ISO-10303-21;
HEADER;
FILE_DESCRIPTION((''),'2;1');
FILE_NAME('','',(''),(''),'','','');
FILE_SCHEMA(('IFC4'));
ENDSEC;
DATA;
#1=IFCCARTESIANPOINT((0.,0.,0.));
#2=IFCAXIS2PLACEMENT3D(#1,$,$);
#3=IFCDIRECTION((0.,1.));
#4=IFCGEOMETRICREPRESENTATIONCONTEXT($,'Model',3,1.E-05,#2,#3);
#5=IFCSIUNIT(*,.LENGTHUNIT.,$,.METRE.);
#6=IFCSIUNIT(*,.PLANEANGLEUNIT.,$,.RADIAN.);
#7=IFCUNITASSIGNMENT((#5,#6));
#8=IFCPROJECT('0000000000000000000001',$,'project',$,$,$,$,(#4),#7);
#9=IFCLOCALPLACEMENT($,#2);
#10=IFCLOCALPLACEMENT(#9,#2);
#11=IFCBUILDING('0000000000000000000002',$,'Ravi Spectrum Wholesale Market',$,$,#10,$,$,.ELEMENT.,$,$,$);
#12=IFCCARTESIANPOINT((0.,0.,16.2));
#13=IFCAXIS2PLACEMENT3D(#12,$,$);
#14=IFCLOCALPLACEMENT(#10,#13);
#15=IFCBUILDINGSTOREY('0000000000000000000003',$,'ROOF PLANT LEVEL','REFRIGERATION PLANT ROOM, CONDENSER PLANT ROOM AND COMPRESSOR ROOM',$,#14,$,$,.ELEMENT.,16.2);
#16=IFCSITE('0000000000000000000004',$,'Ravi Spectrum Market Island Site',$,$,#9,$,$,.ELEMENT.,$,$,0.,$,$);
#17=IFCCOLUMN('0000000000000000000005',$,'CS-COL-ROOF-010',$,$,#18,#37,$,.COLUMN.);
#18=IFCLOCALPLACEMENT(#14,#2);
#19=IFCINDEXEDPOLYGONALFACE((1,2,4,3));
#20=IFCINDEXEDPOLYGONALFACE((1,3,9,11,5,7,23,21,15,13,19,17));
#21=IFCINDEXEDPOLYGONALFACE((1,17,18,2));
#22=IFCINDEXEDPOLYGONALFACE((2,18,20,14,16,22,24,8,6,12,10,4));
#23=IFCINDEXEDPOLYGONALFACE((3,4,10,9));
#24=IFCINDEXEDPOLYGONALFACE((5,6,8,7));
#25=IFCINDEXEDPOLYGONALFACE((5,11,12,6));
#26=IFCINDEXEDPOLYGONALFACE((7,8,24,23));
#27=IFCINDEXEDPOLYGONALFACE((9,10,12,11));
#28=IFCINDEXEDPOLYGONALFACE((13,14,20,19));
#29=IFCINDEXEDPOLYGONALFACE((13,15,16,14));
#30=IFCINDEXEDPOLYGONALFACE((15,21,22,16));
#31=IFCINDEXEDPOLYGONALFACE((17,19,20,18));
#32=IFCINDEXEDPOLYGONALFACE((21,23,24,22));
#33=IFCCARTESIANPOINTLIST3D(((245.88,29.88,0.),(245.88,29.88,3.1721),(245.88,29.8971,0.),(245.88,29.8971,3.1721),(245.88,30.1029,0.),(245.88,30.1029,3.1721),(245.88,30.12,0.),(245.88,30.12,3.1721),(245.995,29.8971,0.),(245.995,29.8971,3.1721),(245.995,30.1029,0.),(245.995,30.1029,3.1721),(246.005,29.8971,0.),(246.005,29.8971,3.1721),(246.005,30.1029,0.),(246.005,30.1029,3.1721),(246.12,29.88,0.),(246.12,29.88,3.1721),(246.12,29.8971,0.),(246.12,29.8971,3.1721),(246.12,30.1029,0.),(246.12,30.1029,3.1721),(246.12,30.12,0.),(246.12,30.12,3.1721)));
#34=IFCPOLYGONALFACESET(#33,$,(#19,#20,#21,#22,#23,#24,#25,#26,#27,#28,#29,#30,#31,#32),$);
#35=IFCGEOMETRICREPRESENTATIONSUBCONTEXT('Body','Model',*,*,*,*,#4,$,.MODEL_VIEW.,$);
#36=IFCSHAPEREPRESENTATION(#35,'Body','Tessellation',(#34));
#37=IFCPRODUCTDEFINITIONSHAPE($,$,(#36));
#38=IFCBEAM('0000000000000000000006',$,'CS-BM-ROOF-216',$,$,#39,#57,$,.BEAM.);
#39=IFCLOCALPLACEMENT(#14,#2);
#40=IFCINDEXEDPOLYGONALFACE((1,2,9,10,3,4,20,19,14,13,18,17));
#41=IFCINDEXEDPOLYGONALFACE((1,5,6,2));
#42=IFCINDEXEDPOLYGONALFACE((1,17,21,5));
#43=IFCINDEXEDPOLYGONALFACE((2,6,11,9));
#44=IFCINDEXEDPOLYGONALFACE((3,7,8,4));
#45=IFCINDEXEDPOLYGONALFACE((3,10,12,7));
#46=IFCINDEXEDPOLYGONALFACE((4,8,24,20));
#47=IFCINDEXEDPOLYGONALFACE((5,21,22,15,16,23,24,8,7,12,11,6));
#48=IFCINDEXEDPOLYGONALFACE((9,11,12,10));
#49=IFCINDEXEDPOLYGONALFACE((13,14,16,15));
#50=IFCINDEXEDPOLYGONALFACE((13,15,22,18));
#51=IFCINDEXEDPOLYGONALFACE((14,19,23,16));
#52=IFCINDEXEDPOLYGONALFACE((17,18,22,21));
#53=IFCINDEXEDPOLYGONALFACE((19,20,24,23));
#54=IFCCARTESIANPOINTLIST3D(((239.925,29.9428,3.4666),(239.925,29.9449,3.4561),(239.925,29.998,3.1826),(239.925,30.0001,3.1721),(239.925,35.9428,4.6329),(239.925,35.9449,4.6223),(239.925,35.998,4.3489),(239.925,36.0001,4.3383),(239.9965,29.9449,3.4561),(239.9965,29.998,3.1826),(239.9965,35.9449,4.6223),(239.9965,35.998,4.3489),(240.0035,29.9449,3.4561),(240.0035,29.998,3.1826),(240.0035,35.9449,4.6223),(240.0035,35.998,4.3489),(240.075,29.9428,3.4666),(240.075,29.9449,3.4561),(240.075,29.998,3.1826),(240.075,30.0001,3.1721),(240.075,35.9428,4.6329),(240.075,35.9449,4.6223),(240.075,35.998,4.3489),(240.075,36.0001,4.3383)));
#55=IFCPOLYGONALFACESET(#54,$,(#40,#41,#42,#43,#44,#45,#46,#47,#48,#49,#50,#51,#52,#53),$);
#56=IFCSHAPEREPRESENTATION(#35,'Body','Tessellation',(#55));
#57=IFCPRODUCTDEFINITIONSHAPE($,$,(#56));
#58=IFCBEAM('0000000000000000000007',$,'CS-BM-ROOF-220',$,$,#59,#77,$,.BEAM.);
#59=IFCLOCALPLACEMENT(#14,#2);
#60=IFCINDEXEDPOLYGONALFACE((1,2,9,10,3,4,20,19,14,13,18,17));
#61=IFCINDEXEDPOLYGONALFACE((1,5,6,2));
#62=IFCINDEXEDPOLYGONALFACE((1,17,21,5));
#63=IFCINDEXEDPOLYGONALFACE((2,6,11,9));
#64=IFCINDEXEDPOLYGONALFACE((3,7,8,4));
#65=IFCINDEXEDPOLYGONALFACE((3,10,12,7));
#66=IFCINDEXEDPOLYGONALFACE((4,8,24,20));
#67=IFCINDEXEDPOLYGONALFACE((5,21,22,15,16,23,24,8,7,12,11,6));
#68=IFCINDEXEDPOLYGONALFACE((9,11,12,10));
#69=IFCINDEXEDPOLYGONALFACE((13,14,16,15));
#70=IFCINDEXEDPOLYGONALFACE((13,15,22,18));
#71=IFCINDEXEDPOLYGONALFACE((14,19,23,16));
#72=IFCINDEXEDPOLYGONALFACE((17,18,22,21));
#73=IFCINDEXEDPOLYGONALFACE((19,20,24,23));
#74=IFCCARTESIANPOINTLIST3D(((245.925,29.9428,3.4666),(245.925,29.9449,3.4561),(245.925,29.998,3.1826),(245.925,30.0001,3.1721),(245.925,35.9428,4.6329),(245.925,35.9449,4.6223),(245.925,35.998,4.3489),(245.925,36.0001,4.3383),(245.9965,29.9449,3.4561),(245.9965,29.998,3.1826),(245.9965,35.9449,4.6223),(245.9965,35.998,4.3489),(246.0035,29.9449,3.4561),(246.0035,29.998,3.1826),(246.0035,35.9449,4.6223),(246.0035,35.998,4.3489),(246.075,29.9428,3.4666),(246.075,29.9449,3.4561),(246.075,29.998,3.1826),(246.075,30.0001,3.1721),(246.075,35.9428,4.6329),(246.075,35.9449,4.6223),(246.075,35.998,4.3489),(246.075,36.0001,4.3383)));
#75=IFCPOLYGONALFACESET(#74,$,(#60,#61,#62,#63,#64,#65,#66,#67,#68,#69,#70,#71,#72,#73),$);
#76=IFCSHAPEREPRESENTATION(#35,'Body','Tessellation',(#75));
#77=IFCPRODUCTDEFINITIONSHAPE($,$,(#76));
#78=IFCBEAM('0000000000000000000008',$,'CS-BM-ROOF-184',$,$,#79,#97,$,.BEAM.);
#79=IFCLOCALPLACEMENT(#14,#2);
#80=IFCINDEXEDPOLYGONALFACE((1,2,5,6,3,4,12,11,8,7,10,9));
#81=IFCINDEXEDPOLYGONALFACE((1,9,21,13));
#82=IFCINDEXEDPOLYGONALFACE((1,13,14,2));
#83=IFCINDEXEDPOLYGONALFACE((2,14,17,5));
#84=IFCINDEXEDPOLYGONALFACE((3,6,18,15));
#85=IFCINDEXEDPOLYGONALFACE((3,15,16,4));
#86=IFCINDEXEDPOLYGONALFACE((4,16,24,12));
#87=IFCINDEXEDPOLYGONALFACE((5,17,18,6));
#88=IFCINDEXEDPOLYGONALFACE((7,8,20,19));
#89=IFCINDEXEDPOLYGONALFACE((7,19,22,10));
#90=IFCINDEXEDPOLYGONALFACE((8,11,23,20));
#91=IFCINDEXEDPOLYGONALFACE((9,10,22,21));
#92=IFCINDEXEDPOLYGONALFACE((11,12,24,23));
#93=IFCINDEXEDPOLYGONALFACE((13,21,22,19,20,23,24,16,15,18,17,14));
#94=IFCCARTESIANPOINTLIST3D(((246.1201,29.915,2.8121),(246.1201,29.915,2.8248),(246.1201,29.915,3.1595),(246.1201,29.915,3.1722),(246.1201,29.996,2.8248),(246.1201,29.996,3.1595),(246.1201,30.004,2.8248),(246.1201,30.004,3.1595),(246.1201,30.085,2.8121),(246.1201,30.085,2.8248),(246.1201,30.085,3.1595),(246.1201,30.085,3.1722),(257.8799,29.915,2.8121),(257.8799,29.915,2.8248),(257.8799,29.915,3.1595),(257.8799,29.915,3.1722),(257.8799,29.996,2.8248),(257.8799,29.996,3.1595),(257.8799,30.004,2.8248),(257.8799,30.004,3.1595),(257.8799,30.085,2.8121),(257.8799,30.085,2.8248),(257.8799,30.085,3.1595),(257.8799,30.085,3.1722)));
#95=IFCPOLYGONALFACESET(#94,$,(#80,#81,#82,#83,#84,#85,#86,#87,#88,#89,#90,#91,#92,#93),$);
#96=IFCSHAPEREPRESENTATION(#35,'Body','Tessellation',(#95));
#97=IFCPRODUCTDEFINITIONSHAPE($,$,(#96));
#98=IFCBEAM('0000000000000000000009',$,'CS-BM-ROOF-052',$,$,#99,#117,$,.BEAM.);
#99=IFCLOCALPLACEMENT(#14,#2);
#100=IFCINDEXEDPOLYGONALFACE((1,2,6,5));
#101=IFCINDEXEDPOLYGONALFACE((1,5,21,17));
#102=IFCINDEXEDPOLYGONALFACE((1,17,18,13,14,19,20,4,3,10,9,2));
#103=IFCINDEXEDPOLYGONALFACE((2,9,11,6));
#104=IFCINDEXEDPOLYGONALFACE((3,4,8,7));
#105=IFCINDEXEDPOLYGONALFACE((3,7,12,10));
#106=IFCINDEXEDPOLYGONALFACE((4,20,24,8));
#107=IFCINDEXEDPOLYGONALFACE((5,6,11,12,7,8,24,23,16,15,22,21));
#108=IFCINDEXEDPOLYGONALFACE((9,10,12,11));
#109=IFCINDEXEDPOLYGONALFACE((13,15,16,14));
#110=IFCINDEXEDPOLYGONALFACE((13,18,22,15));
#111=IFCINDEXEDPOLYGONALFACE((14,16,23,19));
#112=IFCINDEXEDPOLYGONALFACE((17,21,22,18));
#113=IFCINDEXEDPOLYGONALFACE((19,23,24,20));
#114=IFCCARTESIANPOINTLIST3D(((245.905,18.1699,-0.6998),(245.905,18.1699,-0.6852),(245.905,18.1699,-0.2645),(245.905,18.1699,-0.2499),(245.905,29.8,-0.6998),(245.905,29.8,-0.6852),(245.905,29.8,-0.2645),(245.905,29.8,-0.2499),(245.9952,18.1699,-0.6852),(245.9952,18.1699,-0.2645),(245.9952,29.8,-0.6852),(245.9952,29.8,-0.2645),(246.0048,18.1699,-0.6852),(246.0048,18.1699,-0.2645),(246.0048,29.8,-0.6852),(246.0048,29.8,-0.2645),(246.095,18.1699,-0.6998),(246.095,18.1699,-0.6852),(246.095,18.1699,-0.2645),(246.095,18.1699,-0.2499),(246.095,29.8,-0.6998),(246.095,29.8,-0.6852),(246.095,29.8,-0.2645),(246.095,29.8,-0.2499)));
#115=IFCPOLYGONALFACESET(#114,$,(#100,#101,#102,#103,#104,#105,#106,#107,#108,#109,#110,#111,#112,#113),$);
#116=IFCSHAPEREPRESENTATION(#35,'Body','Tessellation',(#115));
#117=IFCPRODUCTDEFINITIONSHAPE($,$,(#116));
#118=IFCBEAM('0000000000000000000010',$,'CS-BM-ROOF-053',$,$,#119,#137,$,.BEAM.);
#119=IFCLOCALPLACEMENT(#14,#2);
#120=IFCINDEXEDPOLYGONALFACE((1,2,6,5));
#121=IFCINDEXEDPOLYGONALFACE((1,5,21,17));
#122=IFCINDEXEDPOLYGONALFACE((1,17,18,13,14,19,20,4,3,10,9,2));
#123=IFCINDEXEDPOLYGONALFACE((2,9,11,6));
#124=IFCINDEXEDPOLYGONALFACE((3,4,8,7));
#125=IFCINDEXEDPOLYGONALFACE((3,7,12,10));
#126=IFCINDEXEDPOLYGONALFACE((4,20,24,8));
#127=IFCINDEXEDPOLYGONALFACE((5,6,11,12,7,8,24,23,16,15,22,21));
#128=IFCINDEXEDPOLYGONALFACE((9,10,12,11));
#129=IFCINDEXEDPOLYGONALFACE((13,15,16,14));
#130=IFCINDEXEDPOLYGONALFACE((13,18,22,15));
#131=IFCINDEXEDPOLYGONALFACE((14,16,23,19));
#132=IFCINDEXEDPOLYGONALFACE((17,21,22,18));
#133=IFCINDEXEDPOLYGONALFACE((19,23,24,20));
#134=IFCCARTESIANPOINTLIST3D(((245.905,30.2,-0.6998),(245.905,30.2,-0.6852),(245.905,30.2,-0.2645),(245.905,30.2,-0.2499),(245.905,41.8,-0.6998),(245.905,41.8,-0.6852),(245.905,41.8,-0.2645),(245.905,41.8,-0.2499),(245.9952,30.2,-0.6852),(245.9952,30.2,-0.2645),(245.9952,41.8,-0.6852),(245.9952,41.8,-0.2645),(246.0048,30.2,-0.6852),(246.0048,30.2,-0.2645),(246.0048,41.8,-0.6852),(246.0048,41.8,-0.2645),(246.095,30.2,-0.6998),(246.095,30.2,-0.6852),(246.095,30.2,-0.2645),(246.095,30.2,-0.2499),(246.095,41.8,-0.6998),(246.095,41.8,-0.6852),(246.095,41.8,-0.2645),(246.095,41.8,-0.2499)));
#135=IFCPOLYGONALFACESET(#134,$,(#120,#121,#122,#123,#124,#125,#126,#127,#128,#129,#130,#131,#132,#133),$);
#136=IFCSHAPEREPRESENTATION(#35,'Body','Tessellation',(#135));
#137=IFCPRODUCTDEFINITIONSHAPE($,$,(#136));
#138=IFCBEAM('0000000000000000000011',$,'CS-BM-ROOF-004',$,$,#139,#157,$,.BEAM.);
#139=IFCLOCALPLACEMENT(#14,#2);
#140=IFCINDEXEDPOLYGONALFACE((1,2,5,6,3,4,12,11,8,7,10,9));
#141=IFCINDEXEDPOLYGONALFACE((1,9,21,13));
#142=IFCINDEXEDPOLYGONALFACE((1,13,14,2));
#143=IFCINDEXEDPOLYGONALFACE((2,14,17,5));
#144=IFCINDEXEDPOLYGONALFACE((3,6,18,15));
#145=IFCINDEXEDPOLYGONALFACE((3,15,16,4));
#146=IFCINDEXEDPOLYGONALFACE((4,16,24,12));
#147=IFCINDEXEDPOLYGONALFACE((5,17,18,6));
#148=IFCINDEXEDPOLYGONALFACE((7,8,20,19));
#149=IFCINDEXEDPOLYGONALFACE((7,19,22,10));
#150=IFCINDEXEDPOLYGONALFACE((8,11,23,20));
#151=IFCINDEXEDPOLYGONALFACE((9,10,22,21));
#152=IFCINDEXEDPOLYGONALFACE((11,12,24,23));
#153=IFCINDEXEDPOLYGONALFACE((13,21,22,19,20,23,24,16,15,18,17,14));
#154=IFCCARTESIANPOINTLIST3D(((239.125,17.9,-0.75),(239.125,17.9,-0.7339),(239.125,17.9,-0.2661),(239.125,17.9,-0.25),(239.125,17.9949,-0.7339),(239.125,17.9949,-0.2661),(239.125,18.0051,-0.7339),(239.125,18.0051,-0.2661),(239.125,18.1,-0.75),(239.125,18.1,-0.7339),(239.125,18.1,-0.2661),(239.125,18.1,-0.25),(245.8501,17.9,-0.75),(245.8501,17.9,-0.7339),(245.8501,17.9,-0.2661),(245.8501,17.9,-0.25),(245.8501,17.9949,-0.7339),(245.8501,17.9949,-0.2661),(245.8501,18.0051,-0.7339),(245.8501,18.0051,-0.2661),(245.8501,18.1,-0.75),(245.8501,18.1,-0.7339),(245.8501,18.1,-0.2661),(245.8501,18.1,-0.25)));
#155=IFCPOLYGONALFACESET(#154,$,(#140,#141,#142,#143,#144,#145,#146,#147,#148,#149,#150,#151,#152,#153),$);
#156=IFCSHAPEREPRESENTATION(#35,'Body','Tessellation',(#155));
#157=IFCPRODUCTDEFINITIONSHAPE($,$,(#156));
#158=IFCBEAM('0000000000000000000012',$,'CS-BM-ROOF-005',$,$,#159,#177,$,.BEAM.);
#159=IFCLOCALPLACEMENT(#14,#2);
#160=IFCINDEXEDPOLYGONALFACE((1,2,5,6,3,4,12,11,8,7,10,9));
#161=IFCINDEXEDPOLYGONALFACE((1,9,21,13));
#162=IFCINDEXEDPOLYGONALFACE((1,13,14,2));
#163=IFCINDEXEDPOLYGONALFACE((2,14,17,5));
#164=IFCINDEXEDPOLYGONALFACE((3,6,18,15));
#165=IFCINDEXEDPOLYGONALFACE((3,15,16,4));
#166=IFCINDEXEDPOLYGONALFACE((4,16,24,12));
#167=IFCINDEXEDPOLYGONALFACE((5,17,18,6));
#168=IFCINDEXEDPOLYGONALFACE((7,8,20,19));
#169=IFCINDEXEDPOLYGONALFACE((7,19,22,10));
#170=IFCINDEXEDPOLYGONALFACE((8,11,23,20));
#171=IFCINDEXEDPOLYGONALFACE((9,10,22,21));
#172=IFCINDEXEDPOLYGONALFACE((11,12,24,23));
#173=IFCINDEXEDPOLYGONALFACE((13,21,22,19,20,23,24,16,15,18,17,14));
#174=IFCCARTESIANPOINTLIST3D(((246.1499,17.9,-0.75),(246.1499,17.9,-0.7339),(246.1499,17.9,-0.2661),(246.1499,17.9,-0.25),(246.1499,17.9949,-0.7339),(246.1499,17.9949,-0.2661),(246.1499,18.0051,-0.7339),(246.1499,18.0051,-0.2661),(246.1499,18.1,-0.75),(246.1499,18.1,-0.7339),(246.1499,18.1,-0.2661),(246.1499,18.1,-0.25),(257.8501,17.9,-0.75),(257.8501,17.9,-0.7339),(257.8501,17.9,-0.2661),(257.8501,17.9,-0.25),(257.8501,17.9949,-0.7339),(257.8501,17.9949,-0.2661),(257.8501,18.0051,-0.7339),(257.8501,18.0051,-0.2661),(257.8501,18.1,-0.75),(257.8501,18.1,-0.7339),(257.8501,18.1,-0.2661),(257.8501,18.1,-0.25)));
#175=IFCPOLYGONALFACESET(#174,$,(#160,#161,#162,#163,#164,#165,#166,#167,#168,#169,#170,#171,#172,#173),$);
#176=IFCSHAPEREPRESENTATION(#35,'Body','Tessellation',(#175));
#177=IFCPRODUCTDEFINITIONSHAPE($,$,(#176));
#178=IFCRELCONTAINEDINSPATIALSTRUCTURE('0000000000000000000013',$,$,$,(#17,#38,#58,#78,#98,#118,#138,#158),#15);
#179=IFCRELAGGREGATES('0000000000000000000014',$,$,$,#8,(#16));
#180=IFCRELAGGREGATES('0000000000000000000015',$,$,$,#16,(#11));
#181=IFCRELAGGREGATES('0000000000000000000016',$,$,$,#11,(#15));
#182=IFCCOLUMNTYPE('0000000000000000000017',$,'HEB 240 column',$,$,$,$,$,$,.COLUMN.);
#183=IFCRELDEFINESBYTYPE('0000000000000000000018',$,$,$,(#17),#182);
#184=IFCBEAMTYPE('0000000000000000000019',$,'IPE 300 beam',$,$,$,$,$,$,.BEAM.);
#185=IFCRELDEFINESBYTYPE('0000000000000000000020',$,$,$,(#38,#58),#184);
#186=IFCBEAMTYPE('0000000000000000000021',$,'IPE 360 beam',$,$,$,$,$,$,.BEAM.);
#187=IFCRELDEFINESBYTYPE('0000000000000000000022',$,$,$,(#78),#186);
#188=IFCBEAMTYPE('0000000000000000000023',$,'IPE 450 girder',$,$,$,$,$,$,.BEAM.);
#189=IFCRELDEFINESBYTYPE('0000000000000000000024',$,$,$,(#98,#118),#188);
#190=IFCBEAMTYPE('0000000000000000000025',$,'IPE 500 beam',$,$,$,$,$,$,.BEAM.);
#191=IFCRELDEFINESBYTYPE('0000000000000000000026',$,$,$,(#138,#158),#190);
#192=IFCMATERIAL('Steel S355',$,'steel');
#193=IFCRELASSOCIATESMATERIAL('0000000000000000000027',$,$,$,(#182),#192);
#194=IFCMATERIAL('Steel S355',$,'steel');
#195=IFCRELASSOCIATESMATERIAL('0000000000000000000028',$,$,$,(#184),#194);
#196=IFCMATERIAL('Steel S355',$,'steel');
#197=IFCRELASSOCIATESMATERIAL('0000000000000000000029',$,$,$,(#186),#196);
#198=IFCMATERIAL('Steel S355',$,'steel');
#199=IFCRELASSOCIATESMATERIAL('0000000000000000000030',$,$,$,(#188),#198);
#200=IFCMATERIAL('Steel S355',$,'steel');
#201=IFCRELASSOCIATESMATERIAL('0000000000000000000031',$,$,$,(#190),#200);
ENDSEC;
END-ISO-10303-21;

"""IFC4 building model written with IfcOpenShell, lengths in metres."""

from ifc_helpers import new_model, si_unit, direction, frame, origin, origin_2d, place, context, subcontext, project, spatial, i_section, extrude, material, material_profile, profile_set, type_object, element, save


model = new_model("IFC4")

# Units and contexts
model_context = context("Model", 3, precision=1e-05, world=origin(), true_north=direction((0.0, 1.0)))
body_context = subcontext(model_context, "Body", "Model", "MODEL_VIEW")
ifc_project = project(units=[si_unit("LENGTHUNIT", "METRE"), si_unit("PLANEANGLEUNIT", "RADIAN")], contexts=[model_context])

# Site, building, storey
site_placement = place(None, origin())
site = spatial("IfcSite", under=ifc_project, at=site_placement, Name="Ravi Spectrum Market Island Site", CompositionType="ELEMENT", RefElevation=0.0)
building_placement = place(site_placement, origin())
building = spatial("IfcBuilding", under=site, at=building_placement, Name="Ravi Spectrum Wholesale Market", CompositionType="ELEMENT")
storey_placement = place(building_placement, frame((0.0, 0.0, 16.2)))
storey = spatial("IfcBuildingStorey", under=building, at=storey_placement, Name="ROOF PLANT LEVEL", Description="REFRIGERATION PLANT ROOM, CONDENSER PLANT ROOM AND COMPRESSOR ROOM", CompositionType="ELEMENT", Elevation=16.2)

# Column
ifc_material_1 = material(Name="Steel S355", Category="steel")
ifc_material_profile_1 = material_profile(ifc_material_1, i_section(OverallWidth=0.24, OverallDepth=0.24, WebThickness=0.01, FlangeThickness=0.0171, at=origin_2d()))
ifc_profile_set_1 = profile_set([ifc_material_profile_1], Name="Steel S355")
column_type = type_object("IfcColumnType", Name="HEB 240 column", PredefinedType="COLUMN", material=ifc_profile_set_1)
column_placement = place(storey_placement, frame((246.0, 30.0, 0.0), z_axis=(0.0, 0.0, 1.0), x_axis=(1.0, 0.0, 0.0)))
element("IfcColumn", 1, at=column_placement, inside=storey, type_object=column_type, Name="CS-COL-ROOF-010", PredefinedType="COLUMN", context=body_context, shape_type="SweptSolid", body=[
    extrude(i_section(OverallWidth=0.24, OverallDepth=0.24, WebThickness=0.01, FlangeThickness=0.0171, at=origin_2d()), origin(), (0.0, 0.0, 1.0), 3.1721),
])

# Beams
ifc_material_2 = material(Name="Steel S355", Category="steel")
ifc_material_profile_2 = material_profile(ifc_material_2, i_section(OverallWidth=0.1499, OverallDepth=0.3, WebThickness=0.0071, FlangeThickness=0.0107, at=origin_2d()))
ifc_profile_set_2 = profile_set([ifc_material_profile_2], Name="Steel S355")
beam_type_1 = type_object("IfcBeamType", Name="IPE 300 beam", PredefinedType="BEAM", material=ifc_profile_set_2)
for number, where, z_axis, x_axis, name in (
    (2, (240.0, 29.9714, 3.3193), (0.0, 0.981628, 0.190806), (-1.0, 0.0, 0.0), "CS-BM-ROOF-216"),
    (3, (246.0, 29.9714, 3.3193), (0.0, 0.981628, 0.190806), (-1.0, 0.0, 0.0), "CS-BM-ROOF-220"),
):
    element("IfcBeam", number, at=place(storey_placement, frame(where, z_axis=z_axis, x_axis=x_axis)), inside=storey, type_object=beam_type_1, Name=name, PredefinedType="BEAM", context=body_context, shape_type="SweptSolid", body=[
        extrude(i_section(OverallWidth=0.1499, OverallDepth=0.3, WebThickness=0.0071, FlangeThickness=0.0107, at=origin_2d()), origin(), (0.0, 0.0, 1.0), 6.1123),
    ])
ifc_material_3 = material(Name="Steel S355", Category="steel")
ifc_material_profile_3 = material_profile(ifc_material_3, i_section(OverallWidth=0.1699, OverallDepth=0.3601, WebThickness=0.0081, FlangeThickness=0.0127, at=origin_2d()))
ifc_profile_set_3 = profile_set([ifc_material_profile_3], Name="Steel S355")
beam_type_2 = type_object("IfcBeamType", Name="IPE 360 beam", PredefinedType="BEAM", material=ifc_profile_set_3)
beam_1_placement = place(storey_placement, frame((246.1201, 30.0, 2.9922), z_axis=(1.0, 0.0, 0.0), x_axis=(0.0, 1.0, 0.0)))
element("IfcBeam", 4, at=beam_1_placement, inside=storey, type_object=beam_type_2, Name="CS-BM-ROOF-184", PredefinedType="BEAM", context=body_context, shape_type="SweptSolid", body=[
    extrude(i_section(OverallWidth=0.1699, OverallDepth=0.3601, WebThickness=0.0081, FlangeThickness=0.0127, at=origin_2d()), origin(), (0.0, 0.0, 1.0), 11.7598),
])
ifc_material_4 = material(Name="Steel S355", Category="steel")
ifc_material_profile_4 = material_profile(ifc_material_4, i_section(OverallWidth=0.1899, OverallDepth=0.45, WebThickness=0.0095, FlangeThickness=0.0146, at=origin_2d()))
ifc_profile_set_4 = profile_set([ifc_material_profile_4], Name="Steel S355")
beam_type_3 = type_object("IfcBeamType", Name="IPE 450 girder", PredefinedType="BEAM", material=ifc_profile_set_4)
beam_2_placement = place(storey_placement, frame((246.0, 18.1699, -0.4749), z_axis=(0.0, 1.0, 0.0), x_axis=(-1.0, 0.0, 0.0)))
element("IfcBeam", 5, at=beam_2_placement, inside=storey, type_object=beam_type_3, Name="CS-BM-ROOF-052", PredefinedType="BEAM", context=body_context, shape_type="SweptSolid", body=[
    extrude(i_section(OverallWidth=0.1899, OverallDepth=0.45, WebThickness=0.0095, FlangeThickness=0.0146, at=origin_2d()), origin(), (0.0, 0.0, 1.0), 11.6301),
])
beam_3_placement = place(storey_placement, frame((246.0, 30.2, -0.4749), z_axis=(0.0, 1.0, 0.0), x_axis=(-1.0, 0.0, 0.0)))
element("IfcBeam", 6, at=beam_3_placement, inside=storey, type_object=beam_type_3, Name="CS-BM-ROOF-053", PredefinedType="BEAM", context=body_context, shape_type="SweptSolid", body=[
    extrude(i_section(OverallWidth=0.1899, OverallDepth=0.45, WebThickness=0.0095, FlangeThickness=0.0146, at=origin_2d()), origin(), (0.0, 0.0, 1.0), 11.6001),
])
ifc_material_5 = material(Name="Steel S355", Category="steel")
ifc_material_profile_5 = material_profile(ifc_material_5, i_section(OverallWidth=0.2, OverallDepth=0.5, WebThickness=0.0103, FlangeThickness=0.0161, at=origin_2d()))
ifc_profile_set_5 = profile_set([ifc_material_profile_5], Name="Steel S355")
beam_type_4 = type_object("IfcBeamType", Name="IPE 500 beam", PredefinedType="BEAM", material=ifc_profile_set_5)
beam_4_placement = place(storey_placement, frame((239.125, 18.0, -0.5), z_axis=(1.0, 0.0, 0.0), x_axis=(0.0, 1.0, 0.0)))
element("IfcBeam", 7, at=beam_4_placement, inside=storey, type_object=beam_type_4, Name="CS-BM-ROOF-004", PredefinedType="BEAM", context=body_context, shape_type="SweptSolid", body=[
    extrude(i_section(OverallWidth=0.2, OverallDepth=0.5, WebThickness=0.0103, FlangeThickness=0.0161, at=origin_2d()), origin(), (0.0, 0.0, 1.0), 6.7251),
])
for number, where, z_axis, x_axis, name in (
    (8, (246.1499, 18.0, -0.5), (1.0, 0.0, 0.0), (0.0, 1.0, 0.0), "CS-BM-ROOF-005"),
):
    element("IfcBeam", number, at=place(storey_placement, frame(where, z_axis=z_axis, x_axis=x_axis)), inside=storey, type_object=beam_type_4, Name=name, PredefinedType="BEAM", context=body_context, shape_type="SweptSolid", body=[
        extrude(i_section(OverallWidth=0.2, OverallDepth=0.5, WebThickness=0.0103, FlangeThickness=0.0161, at=origin_2d()), origin(), (0.0, 0.0, 1.0), 11.7002),
    ])

save(model, "model.ifc")
